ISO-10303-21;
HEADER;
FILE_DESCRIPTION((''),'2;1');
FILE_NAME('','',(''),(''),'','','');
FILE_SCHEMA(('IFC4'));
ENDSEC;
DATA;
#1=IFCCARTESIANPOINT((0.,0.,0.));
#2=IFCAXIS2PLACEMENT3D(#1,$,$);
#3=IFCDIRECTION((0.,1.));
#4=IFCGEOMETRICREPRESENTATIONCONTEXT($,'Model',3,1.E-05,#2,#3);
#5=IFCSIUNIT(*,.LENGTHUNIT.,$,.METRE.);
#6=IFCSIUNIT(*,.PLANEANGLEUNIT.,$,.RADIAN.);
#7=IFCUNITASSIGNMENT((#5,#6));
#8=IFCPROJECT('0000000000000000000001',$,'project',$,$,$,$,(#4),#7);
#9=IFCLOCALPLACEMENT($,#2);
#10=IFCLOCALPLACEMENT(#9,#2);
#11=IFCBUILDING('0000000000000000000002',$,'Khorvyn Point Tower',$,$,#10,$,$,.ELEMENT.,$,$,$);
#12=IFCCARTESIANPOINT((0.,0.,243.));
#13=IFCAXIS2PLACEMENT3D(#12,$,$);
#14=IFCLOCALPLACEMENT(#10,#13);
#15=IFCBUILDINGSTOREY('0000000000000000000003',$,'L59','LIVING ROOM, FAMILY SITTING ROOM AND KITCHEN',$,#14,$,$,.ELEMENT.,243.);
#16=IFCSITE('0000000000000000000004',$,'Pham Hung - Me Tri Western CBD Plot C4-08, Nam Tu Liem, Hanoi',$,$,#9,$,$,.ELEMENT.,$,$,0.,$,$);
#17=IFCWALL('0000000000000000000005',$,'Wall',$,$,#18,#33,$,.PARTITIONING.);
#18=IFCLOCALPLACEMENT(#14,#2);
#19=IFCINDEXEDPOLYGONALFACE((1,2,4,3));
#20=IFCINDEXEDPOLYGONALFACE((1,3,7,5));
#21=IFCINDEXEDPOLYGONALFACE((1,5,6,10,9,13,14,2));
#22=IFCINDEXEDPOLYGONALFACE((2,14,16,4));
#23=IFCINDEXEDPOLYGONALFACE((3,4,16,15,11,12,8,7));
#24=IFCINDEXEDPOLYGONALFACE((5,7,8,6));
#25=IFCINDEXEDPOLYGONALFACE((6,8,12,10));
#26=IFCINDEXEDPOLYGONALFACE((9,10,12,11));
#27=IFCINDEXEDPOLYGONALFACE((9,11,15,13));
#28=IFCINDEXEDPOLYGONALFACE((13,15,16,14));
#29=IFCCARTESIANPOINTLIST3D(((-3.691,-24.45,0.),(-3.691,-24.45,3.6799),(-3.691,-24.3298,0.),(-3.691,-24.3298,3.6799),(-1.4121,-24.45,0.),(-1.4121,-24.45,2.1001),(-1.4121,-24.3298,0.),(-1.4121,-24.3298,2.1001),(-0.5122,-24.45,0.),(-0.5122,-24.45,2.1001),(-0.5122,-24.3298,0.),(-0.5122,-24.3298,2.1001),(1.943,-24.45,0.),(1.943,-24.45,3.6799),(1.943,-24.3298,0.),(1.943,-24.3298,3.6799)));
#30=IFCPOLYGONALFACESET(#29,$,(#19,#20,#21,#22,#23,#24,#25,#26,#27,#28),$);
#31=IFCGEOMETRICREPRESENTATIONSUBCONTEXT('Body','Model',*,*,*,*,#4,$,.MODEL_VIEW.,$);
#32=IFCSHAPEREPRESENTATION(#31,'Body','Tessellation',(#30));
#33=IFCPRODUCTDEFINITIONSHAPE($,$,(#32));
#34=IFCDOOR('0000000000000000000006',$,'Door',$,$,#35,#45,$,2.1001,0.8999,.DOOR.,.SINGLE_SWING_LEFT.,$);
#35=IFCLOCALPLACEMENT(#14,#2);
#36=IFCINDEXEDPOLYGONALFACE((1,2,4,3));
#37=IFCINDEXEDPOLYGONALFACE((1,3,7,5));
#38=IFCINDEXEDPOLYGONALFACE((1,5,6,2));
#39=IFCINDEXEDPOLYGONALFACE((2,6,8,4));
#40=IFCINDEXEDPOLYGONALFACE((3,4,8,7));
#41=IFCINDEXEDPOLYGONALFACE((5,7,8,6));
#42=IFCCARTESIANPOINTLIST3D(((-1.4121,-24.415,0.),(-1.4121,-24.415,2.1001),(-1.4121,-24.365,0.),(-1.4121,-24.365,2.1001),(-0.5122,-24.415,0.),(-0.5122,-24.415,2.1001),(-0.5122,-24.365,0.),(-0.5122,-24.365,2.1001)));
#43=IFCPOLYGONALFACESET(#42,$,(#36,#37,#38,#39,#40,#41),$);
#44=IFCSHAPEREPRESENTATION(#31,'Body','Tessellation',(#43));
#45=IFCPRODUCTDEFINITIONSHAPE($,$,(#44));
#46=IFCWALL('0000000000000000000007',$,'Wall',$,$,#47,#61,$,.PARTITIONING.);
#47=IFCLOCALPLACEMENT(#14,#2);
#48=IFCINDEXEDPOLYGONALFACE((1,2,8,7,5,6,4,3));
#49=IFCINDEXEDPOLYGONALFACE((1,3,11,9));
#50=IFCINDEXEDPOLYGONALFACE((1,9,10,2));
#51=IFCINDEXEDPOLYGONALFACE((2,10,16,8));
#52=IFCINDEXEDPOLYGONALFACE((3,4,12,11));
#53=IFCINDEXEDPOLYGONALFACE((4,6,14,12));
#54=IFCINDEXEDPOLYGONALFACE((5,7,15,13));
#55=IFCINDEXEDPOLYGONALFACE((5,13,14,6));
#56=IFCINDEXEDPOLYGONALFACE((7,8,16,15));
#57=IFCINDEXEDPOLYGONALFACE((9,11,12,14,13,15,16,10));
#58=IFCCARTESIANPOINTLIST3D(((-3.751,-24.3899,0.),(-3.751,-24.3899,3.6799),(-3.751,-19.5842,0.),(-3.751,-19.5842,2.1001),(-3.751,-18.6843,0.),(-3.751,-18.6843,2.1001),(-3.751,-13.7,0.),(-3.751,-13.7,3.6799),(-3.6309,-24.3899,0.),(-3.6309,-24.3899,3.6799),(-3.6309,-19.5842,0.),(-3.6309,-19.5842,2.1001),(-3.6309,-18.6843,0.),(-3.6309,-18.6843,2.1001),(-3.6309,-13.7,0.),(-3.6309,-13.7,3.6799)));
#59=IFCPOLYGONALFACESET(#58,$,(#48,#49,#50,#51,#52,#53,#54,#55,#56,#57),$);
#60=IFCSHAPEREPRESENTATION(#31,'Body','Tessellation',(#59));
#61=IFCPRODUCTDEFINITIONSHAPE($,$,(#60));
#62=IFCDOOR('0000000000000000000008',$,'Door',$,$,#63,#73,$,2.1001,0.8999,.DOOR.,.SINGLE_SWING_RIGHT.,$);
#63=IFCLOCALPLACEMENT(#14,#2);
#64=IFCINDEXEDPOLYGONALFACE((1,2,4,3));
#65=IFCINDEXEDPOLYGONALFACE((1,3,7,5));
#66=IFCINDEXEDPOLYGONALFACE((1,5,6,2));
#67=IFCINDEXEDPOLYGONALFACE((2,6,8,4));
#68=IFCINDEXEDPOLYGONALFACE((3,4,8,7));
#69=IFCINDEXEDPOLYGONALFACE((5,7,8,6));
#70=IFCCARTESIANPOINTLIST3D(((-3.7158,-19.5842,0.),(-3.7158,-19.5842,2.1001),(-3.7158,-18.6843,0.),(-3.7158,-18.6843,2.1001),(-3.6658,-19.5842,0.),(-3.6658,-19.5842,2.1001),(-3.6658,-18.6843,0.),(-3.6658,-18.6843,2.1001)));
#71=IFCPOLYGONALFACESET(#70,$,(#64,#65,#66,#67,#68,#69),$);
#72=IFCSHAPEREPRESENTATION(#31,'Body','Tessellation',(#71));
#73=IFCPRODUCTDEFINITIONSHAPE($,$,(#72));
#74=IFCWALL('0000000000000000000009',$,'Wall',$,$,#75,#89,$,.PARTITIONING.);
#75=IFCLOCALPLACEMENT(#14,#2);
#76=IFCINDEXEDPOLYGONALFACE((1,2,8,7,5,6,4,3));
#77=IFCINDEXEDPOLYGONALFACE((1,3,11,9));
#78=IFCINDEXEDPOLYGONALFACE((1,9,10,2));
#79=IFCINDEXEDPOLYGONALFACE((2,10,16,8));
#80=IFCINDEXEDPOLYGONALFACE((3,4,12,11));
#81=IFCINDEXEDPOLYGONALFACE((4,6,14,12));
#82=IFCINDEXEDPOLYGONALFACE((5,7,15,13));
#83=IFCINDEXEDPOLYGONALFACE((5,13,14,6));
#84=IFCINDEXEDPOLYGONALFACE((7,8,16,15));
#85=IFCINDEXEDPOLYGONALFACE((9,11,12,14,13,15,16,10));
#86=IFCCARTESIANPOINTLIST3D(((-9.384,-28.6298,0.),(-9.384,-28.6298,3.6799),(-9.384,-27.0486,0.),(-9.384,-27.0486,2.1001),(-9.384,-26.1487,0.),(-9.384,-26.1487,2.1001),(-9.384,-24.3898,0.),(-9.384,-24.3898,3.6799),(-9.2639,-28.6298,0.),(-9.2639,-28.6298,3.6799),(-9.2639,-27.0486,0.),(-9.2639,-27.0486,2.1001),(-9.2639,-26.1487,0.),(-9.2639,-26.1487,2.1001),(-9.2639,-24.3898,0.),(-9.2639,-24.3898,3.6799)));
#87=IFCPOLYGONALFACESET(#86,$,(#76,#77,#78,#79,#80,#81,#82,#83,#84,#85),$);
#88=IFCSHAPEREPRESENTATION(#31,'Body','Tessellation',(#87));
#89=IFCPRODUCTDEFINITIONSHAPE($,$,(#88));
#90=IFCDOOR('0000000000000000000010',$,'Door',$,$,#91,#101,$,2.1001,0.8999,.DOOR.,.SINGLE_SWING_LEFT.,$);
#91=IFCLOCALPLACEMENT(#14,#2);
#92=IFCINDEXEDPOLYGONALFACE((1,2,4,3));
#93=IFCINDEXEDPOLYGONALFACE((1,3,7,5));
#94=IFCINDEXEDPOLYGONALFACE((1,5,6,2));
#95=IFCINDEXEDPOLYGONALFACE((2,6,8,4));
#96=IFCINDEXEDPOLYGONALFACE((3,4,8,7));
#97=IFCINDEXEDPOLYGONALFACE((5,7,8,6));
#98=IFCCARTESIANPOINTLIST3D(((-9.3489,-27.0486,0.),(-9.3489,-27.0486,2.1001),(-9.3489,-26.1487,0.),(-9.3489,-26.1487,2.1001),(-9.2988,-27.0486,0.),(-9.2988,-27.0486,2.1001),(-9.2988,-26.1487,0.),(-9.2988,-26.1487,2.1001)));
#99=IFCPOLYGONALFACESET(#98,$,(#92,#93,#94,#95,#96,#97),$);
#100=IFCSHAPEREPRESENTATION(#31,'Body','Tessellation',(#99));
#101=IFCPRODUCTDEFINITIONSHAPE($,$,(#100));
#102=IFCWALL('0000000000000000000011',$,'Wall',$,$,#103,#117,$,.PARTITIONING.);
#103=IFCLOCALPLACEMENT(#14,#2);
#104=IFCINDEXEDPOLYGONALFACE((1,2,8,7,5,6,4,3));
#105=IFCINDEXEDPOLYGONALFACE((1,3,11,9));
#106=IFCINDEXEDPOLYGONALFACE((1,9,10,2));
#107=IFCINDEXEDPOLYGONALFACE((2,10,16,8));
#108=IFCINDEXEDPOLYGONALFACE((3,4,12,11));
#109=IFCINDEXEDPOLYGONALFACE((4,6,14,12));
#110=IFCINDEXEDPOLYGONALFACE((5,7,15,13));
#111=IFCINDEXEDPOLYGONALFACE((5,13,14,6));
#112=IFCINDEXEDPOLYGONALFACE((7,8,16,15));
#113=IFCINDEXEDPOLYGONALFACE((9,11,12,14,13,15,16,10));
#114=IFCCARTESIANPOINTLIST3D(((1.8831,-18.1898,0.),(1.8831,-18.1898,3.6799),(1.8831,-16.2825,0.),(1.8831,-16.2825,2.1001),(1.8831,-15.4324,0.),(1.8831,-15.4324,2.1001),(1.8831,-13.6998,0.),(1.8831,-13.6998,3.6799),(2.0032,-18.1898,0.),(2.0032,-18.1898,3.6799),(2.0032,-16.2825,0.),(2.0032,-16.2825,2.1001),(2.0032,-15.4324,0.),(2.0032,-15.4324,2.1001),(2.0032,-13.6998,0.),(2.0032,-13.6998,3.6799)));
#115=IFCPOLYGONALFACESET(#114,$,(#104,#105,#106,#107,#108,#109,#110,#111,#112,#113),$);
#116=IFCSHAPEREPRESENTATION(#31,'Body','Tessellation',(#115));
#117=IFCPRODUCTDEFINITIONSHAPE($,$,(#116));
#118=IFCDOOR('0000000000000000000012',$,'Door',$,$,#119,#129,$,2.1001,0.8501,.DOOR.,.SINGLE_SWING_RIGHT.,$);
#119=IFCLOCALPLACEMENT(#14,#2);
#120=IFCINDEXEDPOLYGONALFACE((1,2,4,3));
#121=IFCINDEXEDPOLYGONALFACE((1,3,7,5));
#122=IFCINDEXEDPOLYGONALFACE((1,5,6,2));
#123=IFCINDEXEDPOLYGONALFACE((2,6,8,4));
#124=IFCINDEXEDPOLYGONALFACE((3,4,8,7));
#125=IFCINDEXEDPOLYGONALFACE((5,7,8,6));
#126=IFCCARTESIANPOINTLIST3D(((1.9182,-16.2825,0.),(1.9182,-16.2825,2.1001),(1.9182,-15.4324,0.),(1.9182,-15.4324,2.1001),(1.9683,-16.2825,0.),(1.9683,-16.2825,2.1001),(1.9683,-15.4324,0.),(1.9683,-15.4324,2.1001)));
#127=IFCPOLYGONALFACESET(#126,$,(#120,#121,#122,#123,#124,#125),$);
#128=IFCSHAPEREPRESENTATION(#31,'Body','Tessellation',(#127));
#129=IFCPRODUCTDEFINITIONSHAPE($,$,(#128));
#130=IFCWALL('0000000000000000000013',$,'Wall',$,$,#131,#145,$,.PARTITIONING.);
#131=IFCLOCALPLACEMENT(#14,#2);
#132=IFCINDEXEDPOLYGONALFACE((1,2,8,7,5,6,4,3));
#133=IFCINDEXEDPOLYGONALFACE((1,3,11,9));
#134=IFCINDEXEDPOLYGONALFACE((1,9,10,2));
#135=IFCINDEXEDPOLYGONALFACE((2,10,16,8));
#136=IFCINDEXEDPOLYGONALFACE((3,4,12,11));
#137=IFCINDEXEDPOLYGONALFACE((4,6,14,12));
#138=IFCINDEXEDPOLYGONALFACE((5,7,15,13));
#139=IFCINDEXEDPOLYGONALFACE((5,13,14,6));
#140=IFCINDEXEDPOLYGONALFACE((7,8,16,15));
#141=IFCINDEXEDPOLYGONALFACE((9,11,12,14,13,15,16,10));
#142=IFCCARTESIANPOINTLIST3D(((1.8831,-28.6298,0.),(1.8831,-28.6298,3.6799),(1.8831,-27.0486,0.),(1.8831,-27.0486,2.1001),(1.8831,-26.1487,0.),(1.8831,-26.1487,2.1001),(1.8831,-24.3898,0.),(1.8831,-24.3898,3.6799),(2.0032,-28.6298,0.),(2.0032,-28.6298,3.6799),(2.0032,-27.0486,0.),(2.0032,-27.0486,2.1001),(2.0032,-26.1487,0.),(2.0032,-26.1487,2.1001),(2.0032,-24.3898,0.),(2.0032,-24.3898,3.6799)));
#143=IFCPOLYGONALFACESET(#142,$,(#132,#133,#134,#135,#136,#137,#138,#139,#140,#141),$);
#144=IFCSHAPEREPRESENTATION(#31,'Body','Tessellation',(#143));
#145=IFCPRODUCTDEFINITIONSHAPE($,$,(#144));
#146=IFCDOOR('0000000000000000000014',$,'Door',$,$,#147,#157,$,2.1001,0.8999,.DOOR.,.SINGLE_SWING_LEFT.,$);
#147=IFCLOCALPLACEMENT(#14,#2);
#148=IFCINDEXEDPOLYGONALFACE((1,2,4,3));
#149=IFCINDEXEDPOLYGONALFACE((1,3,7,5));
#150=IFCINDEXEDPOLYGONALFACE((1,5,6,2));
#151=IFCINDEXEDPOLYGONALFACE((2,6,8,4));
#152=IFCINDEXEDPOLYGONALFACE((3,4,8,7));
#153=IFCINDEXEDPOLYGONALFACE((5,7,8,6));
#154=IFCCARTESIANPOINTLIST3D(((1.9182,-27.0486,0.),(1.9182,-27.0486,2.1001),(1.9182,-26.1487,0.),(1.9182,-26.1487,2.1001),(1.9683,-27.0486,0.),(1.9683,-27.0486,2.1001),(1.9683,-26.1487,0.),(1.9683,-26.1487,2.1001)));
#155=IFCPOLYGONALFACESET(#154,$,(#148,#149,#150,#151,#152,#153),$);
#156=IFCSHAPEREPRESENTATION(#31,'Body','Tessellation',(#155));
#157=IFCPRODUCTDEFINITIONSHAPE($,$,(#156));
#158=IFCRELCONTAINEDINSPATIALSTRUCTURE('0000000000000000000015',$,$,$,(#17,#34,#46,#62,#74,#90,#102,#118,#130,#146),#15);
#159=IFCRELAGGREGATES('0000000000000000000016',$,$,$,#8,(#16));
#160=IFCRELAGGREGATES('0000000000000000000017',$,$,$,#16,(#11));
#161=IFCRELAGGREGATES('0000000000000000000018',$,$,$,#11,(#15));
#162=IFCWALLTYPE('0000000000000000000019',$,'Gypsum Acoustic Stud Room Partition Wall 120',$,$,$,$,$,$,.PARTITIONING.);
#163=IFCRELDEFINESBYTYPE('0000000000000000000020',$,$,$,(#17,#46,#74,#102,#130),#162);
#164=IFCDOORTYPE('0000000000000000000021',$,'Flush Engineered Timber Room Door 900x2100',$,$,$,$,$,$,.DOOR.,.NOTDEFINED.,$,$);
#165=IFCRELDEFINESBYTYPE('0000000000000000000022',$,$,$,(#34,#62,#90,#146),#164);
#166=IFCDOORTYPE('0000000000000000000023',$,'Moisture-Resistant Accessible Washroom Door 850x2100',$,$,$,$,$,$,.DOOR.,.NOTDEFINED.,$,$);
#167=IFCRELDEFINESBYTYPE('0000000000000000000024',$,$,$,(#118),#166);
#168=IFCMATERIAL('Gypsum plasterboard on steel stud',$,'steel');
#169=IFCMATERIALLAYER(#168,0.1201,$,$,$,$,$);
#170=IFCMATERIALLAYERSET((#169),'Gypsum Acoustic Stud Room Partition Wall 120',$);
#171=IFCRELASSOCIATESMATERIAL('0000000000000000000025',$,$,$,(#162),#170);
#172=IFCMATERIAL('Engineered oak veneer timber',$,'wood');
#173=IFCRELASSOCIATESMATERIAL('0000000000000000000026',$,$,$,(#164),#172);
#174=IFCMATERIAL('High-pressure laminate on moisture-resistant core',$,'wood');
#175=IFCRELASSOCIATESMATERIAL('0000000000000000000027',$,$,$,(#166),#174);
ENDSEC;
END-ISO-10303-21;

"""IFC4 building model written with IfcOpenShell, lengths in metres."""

from ifc_helpers import new_model, si_unit, direction, frame, frame_2d, origin, place, context, subcontext, project, spatial, rectangle, extrude, material, layer, layer_set, type_object, element, fill, save


model = new_model("IFC4")

# Units and contexts
model_context = context("Model", 3, precision=1e-05, world=origin(), true_north=direction((0.0, 1.0)))
body_context = subcontext(model_context, "Body", "Model", "MODEL_VIEW")
ifc_project = project(units=[si_unit("LENGTHUNIT", "METRE"), si_unit("PLANEANGLEUNIT", "RADIAN")], contexts=[model_context])

# Site, building, storey
site_placement = place(None, origin())
site = spatial("IfcSite", under=ifc_project, at=site_placement, Name="Pham Hung - Me Tri Western CBD Plot C4-08, Nam Tu Liem, Hanoi", CompositionType="ELEMENT", RefElevation=0.0)
building_placement = place(site_placement, origin())
building = spatial("IfcBuilding", under=site, at=building_placement, Name="Khorvyn Point Tower", CompositionType="ELEMENT")
storey_placement = place(building_placement, frame((0.0, 0.0, 243.0)))
storey = spatial("IfcBuildingStorey", under=building, at=storey_placement, Name="L59", Description="LIVING ROOM, FAMILY SITTING ROOM AND KITCHEN", CompositionType="ELEMENT", Elevation=243.0)

# Walls, openings, doors
ifc_material_1 = material(Name="Gypsum plasterboard on steel stud", Category="steel")
ifc_layer_1 = layer(ifc_material_1, 0.1201)
ifc_layer_set_1 = layer_set([ifc_layer_1], Name="Gypsum Acoustic Stud Room Partition Wall 120")
wall_type_1 = type_object("IfcWallType", Name="Gypsum Acoustic Stud Room Partition Wall 120", PredefinedType="PARTITIONING", material=ifc_layer_set_1)
ifc_material_2 = material(Name="Engineered oak veneer timber", Category="wood")
door_type_1 = type_object("IfcDoorType", Name="Flush Engineered Timber Room Door 900x2100", OperationType="NOTDEFINED", PredefinedType="DOOR", material=ifc_material_2)
wall_1_placement = place(storey_placement, frame((-3.6909, -24.3899, 0.0), z_axis=(0.0, 0.0, 1.0), x_axis=(1.0, 0.0, 0.0)))
wall_1 = element("IfcWall", 1, at=wall_1_placement, inside=storey, type_object=wall_type_1, Name="Wall", PredefinedType="PARTITIONING", context=body_context, shape_type="SweptSolid", body=[
    extrude(rectangle(XDim=5.634, YDim=0.1201, at=frame_2d((2.8169, 0.0))), origin(), (0.0, 0.0, 1.0), 3.6799),
])
opening_1_placement = place(wall_1_placement, frame((2.2788, 0.0, 0.0)))
opening_1 = element("IfcOpeningElement", 2, at=opening_1_placement, cuts=wall_1, PredefinedType="OPENING", context=body_context, shape_type="SweptSolid", body=[
    extrude(rectangle(XDim=0.8999, YDim=2.1001, at=frame_2d((0.45, 1.05))), frame((0.0, 0.0701, 0.0), z_axis=(0.0, -1.0, 0.0), x_axis=(1.0, 0.0, 0.0)), (0.0, 0.0, 1.0), 0.1401),
])
door_1_placement = place(opening_1_placement, origin())
door_1 = element("IfcDoor", 3, at=door_1_placement, inside=storey, type_object=door_type_1, Name="Door", OperationType="SINGLE_SWING_LEFT", OverallHeight=2.1001, OverallWidth=0.8999, PredefinedType="DOOR", context=body_context, shape_type="SweptSolid", body=[
    extrude(rectangle(XDim=0.8999, YDim=2.1001, at=frame_2d((0.45, 1.05))), frame((0.0, 0.0249, 0.0), z_axis=(0.0, -1.0, 0.0), x_axis=(1.0, 0.0, 0.0)), (0.0, 0.0, 1.0), 0.05),
])
fill(opening_1, door_1)
wall_2_placement = place(storey_placement, frame((-3.6909, -24.3899, 0.0), z_axis=(0.0, 0.0, 1.0), x_axis=(0.0, 1.0, 0.0)))
wall_2 = element("IfcWall", 4, at=wall_2_placement, inside=storey, type_object=wall_type_1, Name="Wall", PredefinedType="PARTITIONING", context=body_context, shape_type="SweptSolid", body=[
    extrude(rectangle(XDim=10.6899, YDim=0.1201, at=frame_2d((5.345, 0.0))), origin(), (0.0, 0.0, 1.0), 3.6799),
])
opening_2_placement = place(wall_2_placement, frame((4.8057, 0.0, 0.0)))
opening_2 = element("IfcOpeningElement", 5, at=opening_2_placement, cuts=wall_2, PredefinedType="OPENING", context=body_context, shape_type="SweptSolid", body=[
    extrude(rectangle(XDim=0.8999, YDim=2.1001, at=frame_2d((0.45, 1.05))), frame((0.0, 0.0701, 0.0), z_axis=(0.0, -1.0, 0.0), x_axis=(1.0, 0.0, 0.0)), (0.0, 0.0, 1.0), 0.1401),
])
door_2_placement = place(opening_2_placement, origin())
door_2 = element("IfcDoor", 6, at=door_2_placement, inside=storey, type_object=door_type_1, Name="Door", OperationType="SINGLE_SWING_RIGHT", OverallHeight=2.1001, OverallWidth=0.8999, PredefinedType="DOOR", context=body_context, shape_type="SweptSolid", body=[
    extrude(rectangle(XDim=0.8999, YDim=2.1001, at=frame_2d((0.45, 1.05))), frame((0.0, 0.0249, 0.0), z_axis=(0.0, -1.0, 0.0), x_axis=(1.0, 0.0, 0.0)), (0.0, 0.0, 1.0), 0.05),
])
fill(opening_2, door_2)
wall_3_placement = place(storey_placement, frame((-9.324, -28.6299, 0.0), z_axis=(0.0, 0.0, 1.0), x_axis=(0.0, 1.0, 0.0)))
wall_3 = element("IfcWall", 7, at=wall_3_placement, inside=storey, type_object=wall_type_1, Name="Wall", PredefinedType="PARTITIONING", context=body_context, shape_type="SweptSolid", body=[
    extrude(rectangle(XDim=4.24, YDim=0.1201, at=frame_2d((2.1201, 0.0))), origin(), (0.0, 0.0, 1.0), 3.6799),
])
opening_3_placement = place(wall_3_placement, frame((1.5813, 0.0, 0.0)))
opening_3 = element("IfcOpeningElement", 8, at=opening_3_placement, cuts=wall_3, PredefinedType="OPENING", context=body_context, shape_type="SweptSolid", body=[
    extrude(rectangle(XDim=0.8999, YDim=2.1001, at=frame_2d((0.45, 1.05))), frame((0.0, 0.0701, 0.0), z_axis=(0.0, -1.0, 0.0), x_axis=(1.0, 0.0, 0.0)), (0.0, 0.0, 1.0), 0.1401),
])
door_3_placement = place(opening_3_placement, origin())
door_3 = element("IfcDoor", 9, at=door_3_placement, inside=storey, type_object=door_type_1, Name="Door", OperationType="SINGLE_SWING_LEFT", OverallHeight=2.1001, OverallWidth=0.8999, PredefinedType="DOOR", context=body_context, shape_type="SweptSolid", body=[
    extrude(rectangle(XDim=0.8999, YDim=2.1001, at=frame_2d((0.45, 1.05))), frame((0.0, 0.0249, 0.0), z_axis=(0.0, -1.0, 0.0), x_axis=(1.0, 0.0, 0.0)), (0.0, 0.0, 1.0), 0.05),
])
fill(opening_3, door_3)
wall_4_placement = place(storey_placement, frame((1.9431, -18.1899, 0.0), z_axis=(0.0, 0.0, 1.0), x_axis=(0.0, 1.0, 0.0)))
wall_4 = element("IfcWall", 10, at=wall_4_placement, inside=storey, type_object=wall_type_1, Name="Wall", PredefinedType="PARTITIONING", context=body_context, shape_type="SweptSolid", body=[
    extrude(rectangle(XDim=4.49, YDim=0.1201, at=frame_2d((2.2451, 0.0))), origin(), (0.0, 0.0, 1.0), 3.6799),
])
opening_4_placement = place(wall_4_placement, frame((1.9075, 0.0, 0.0)))
opening_4 = element("IfcOpeningElement", 11, at=opening_4_placement, cuts=wall_4, PredefinedType="OPENING", context=body_context, shape_type="SweptSolid", body=[
    extrude(rectangle(XDim=0.8501, YDim=2.1001, at=frame_2d((0.425, 1.05))), frame((0.0, 0.0701, 0.0), z_axis=(0.0, -1.0, 0.0), x_axis=(1.0, 0.0, 0.0)), (0.0, 0.0, 1.0), 0.1401),
])
ifc_material_3 = material(Name="High-pressure laminate on moisture-resistant core", Category="wood")
door_type_2 = type_object("IfcDoorType", Name="Moisture-Resistant Accessible Washroom Door 850x2100", OperationType="NOTDEFINED", PredefinedType="DOOR", material=ifc_material_3)
door_4_placement = place(opening_4_placement, origin())
door_4 = element("IfcDoor", 12, at=door_4_placement, inside=storey, type_object=door_type_2, Name="Door", OperationType="SINGLE_SWING_RIGHT", OverallHeight=2.1001, OverallWidth=0.8501, PredefinedType="DOOR", context=body_context, shape_type="SweptSolid", body=[
    extrude(rectangle(XDim=0.8501, YDim=2.1001, at=frame_2d((0.425, 1.05))), frame((0.0, 0.0249, 0.0), z_axis=(0.0, -1.0, 0.0), x_axis=(1.0, 0.0, 0.0)), (0.0, 0.0, 1.0), 0.05),
])
fill(opening_4, door_4)
wall_5_placement = place(storey_placement, frame((1.9431, -28.6299, 0.0), z_axis=(0.0, 0.0, 1.0), x_axis=(0.0, 1.0, 0.0)))
wall_5 = element("IfcWall", 13, at=wall_5_placement, inside=storey, type_object=wall_type_1, Name="Wall", PredefinedType="PARTITIONING", context=body_context, shape_type="SweptSolid", body=[
    extrude(rectangle(XDim=4.24, YDim=0.1201, at=frame_2d((2.1201, 0.0))), origin(), (0.0, 0.0, 1.0), 3.6799),
])
opening_5_placement = place(wall_5_placement, frame((1.5813, 0.0, 0.0)))
opening_5 = element("IfcOpeningElement", 14, at=opening_5_placement, cuts=wall_5, PredefinedType="OPENING", context=body_context, shape_type="SweptSolid", body=[
    extrude(rectangle(XDim=0.8999, YDim=2.1001, at=frame_2d((0.45, 1.05))), frame((0.0, 0.0701, 0.0), z_axis=(0.0, -1.0, 0.0), x_axis=(1.0, 0.0, 0.0)), (0.0, 0.0, 1.0), 0.1401),
])
door_5_placement = place(opening_5_placement, origin())
door_5 = element("IfcDoor", 15, at=door_5_placement, inside=storey, type_object=door_type_1, Name="Door", OperationType="SINGLE_SWING_LEFT", OverallHeight=2.1001, OverallWidth=0.8999, PredefinedType="DOOR", context=body_context, shape_type="SweptSolid", body=[
    extrude(rectangle(XDim=0.8999, YDim=2.1001, at=frame_2d((0.45, 1.05))), frame((0.0, 0.0249, 0.0), z_axis=(0.0, -1.0, 0.0), x_axis=(1.0, 0.0, 0.0)), (0.0, 0.0, 1.0), 0.05),
])
fill(opening_5, door_5)

save(model, "model.ifc")
